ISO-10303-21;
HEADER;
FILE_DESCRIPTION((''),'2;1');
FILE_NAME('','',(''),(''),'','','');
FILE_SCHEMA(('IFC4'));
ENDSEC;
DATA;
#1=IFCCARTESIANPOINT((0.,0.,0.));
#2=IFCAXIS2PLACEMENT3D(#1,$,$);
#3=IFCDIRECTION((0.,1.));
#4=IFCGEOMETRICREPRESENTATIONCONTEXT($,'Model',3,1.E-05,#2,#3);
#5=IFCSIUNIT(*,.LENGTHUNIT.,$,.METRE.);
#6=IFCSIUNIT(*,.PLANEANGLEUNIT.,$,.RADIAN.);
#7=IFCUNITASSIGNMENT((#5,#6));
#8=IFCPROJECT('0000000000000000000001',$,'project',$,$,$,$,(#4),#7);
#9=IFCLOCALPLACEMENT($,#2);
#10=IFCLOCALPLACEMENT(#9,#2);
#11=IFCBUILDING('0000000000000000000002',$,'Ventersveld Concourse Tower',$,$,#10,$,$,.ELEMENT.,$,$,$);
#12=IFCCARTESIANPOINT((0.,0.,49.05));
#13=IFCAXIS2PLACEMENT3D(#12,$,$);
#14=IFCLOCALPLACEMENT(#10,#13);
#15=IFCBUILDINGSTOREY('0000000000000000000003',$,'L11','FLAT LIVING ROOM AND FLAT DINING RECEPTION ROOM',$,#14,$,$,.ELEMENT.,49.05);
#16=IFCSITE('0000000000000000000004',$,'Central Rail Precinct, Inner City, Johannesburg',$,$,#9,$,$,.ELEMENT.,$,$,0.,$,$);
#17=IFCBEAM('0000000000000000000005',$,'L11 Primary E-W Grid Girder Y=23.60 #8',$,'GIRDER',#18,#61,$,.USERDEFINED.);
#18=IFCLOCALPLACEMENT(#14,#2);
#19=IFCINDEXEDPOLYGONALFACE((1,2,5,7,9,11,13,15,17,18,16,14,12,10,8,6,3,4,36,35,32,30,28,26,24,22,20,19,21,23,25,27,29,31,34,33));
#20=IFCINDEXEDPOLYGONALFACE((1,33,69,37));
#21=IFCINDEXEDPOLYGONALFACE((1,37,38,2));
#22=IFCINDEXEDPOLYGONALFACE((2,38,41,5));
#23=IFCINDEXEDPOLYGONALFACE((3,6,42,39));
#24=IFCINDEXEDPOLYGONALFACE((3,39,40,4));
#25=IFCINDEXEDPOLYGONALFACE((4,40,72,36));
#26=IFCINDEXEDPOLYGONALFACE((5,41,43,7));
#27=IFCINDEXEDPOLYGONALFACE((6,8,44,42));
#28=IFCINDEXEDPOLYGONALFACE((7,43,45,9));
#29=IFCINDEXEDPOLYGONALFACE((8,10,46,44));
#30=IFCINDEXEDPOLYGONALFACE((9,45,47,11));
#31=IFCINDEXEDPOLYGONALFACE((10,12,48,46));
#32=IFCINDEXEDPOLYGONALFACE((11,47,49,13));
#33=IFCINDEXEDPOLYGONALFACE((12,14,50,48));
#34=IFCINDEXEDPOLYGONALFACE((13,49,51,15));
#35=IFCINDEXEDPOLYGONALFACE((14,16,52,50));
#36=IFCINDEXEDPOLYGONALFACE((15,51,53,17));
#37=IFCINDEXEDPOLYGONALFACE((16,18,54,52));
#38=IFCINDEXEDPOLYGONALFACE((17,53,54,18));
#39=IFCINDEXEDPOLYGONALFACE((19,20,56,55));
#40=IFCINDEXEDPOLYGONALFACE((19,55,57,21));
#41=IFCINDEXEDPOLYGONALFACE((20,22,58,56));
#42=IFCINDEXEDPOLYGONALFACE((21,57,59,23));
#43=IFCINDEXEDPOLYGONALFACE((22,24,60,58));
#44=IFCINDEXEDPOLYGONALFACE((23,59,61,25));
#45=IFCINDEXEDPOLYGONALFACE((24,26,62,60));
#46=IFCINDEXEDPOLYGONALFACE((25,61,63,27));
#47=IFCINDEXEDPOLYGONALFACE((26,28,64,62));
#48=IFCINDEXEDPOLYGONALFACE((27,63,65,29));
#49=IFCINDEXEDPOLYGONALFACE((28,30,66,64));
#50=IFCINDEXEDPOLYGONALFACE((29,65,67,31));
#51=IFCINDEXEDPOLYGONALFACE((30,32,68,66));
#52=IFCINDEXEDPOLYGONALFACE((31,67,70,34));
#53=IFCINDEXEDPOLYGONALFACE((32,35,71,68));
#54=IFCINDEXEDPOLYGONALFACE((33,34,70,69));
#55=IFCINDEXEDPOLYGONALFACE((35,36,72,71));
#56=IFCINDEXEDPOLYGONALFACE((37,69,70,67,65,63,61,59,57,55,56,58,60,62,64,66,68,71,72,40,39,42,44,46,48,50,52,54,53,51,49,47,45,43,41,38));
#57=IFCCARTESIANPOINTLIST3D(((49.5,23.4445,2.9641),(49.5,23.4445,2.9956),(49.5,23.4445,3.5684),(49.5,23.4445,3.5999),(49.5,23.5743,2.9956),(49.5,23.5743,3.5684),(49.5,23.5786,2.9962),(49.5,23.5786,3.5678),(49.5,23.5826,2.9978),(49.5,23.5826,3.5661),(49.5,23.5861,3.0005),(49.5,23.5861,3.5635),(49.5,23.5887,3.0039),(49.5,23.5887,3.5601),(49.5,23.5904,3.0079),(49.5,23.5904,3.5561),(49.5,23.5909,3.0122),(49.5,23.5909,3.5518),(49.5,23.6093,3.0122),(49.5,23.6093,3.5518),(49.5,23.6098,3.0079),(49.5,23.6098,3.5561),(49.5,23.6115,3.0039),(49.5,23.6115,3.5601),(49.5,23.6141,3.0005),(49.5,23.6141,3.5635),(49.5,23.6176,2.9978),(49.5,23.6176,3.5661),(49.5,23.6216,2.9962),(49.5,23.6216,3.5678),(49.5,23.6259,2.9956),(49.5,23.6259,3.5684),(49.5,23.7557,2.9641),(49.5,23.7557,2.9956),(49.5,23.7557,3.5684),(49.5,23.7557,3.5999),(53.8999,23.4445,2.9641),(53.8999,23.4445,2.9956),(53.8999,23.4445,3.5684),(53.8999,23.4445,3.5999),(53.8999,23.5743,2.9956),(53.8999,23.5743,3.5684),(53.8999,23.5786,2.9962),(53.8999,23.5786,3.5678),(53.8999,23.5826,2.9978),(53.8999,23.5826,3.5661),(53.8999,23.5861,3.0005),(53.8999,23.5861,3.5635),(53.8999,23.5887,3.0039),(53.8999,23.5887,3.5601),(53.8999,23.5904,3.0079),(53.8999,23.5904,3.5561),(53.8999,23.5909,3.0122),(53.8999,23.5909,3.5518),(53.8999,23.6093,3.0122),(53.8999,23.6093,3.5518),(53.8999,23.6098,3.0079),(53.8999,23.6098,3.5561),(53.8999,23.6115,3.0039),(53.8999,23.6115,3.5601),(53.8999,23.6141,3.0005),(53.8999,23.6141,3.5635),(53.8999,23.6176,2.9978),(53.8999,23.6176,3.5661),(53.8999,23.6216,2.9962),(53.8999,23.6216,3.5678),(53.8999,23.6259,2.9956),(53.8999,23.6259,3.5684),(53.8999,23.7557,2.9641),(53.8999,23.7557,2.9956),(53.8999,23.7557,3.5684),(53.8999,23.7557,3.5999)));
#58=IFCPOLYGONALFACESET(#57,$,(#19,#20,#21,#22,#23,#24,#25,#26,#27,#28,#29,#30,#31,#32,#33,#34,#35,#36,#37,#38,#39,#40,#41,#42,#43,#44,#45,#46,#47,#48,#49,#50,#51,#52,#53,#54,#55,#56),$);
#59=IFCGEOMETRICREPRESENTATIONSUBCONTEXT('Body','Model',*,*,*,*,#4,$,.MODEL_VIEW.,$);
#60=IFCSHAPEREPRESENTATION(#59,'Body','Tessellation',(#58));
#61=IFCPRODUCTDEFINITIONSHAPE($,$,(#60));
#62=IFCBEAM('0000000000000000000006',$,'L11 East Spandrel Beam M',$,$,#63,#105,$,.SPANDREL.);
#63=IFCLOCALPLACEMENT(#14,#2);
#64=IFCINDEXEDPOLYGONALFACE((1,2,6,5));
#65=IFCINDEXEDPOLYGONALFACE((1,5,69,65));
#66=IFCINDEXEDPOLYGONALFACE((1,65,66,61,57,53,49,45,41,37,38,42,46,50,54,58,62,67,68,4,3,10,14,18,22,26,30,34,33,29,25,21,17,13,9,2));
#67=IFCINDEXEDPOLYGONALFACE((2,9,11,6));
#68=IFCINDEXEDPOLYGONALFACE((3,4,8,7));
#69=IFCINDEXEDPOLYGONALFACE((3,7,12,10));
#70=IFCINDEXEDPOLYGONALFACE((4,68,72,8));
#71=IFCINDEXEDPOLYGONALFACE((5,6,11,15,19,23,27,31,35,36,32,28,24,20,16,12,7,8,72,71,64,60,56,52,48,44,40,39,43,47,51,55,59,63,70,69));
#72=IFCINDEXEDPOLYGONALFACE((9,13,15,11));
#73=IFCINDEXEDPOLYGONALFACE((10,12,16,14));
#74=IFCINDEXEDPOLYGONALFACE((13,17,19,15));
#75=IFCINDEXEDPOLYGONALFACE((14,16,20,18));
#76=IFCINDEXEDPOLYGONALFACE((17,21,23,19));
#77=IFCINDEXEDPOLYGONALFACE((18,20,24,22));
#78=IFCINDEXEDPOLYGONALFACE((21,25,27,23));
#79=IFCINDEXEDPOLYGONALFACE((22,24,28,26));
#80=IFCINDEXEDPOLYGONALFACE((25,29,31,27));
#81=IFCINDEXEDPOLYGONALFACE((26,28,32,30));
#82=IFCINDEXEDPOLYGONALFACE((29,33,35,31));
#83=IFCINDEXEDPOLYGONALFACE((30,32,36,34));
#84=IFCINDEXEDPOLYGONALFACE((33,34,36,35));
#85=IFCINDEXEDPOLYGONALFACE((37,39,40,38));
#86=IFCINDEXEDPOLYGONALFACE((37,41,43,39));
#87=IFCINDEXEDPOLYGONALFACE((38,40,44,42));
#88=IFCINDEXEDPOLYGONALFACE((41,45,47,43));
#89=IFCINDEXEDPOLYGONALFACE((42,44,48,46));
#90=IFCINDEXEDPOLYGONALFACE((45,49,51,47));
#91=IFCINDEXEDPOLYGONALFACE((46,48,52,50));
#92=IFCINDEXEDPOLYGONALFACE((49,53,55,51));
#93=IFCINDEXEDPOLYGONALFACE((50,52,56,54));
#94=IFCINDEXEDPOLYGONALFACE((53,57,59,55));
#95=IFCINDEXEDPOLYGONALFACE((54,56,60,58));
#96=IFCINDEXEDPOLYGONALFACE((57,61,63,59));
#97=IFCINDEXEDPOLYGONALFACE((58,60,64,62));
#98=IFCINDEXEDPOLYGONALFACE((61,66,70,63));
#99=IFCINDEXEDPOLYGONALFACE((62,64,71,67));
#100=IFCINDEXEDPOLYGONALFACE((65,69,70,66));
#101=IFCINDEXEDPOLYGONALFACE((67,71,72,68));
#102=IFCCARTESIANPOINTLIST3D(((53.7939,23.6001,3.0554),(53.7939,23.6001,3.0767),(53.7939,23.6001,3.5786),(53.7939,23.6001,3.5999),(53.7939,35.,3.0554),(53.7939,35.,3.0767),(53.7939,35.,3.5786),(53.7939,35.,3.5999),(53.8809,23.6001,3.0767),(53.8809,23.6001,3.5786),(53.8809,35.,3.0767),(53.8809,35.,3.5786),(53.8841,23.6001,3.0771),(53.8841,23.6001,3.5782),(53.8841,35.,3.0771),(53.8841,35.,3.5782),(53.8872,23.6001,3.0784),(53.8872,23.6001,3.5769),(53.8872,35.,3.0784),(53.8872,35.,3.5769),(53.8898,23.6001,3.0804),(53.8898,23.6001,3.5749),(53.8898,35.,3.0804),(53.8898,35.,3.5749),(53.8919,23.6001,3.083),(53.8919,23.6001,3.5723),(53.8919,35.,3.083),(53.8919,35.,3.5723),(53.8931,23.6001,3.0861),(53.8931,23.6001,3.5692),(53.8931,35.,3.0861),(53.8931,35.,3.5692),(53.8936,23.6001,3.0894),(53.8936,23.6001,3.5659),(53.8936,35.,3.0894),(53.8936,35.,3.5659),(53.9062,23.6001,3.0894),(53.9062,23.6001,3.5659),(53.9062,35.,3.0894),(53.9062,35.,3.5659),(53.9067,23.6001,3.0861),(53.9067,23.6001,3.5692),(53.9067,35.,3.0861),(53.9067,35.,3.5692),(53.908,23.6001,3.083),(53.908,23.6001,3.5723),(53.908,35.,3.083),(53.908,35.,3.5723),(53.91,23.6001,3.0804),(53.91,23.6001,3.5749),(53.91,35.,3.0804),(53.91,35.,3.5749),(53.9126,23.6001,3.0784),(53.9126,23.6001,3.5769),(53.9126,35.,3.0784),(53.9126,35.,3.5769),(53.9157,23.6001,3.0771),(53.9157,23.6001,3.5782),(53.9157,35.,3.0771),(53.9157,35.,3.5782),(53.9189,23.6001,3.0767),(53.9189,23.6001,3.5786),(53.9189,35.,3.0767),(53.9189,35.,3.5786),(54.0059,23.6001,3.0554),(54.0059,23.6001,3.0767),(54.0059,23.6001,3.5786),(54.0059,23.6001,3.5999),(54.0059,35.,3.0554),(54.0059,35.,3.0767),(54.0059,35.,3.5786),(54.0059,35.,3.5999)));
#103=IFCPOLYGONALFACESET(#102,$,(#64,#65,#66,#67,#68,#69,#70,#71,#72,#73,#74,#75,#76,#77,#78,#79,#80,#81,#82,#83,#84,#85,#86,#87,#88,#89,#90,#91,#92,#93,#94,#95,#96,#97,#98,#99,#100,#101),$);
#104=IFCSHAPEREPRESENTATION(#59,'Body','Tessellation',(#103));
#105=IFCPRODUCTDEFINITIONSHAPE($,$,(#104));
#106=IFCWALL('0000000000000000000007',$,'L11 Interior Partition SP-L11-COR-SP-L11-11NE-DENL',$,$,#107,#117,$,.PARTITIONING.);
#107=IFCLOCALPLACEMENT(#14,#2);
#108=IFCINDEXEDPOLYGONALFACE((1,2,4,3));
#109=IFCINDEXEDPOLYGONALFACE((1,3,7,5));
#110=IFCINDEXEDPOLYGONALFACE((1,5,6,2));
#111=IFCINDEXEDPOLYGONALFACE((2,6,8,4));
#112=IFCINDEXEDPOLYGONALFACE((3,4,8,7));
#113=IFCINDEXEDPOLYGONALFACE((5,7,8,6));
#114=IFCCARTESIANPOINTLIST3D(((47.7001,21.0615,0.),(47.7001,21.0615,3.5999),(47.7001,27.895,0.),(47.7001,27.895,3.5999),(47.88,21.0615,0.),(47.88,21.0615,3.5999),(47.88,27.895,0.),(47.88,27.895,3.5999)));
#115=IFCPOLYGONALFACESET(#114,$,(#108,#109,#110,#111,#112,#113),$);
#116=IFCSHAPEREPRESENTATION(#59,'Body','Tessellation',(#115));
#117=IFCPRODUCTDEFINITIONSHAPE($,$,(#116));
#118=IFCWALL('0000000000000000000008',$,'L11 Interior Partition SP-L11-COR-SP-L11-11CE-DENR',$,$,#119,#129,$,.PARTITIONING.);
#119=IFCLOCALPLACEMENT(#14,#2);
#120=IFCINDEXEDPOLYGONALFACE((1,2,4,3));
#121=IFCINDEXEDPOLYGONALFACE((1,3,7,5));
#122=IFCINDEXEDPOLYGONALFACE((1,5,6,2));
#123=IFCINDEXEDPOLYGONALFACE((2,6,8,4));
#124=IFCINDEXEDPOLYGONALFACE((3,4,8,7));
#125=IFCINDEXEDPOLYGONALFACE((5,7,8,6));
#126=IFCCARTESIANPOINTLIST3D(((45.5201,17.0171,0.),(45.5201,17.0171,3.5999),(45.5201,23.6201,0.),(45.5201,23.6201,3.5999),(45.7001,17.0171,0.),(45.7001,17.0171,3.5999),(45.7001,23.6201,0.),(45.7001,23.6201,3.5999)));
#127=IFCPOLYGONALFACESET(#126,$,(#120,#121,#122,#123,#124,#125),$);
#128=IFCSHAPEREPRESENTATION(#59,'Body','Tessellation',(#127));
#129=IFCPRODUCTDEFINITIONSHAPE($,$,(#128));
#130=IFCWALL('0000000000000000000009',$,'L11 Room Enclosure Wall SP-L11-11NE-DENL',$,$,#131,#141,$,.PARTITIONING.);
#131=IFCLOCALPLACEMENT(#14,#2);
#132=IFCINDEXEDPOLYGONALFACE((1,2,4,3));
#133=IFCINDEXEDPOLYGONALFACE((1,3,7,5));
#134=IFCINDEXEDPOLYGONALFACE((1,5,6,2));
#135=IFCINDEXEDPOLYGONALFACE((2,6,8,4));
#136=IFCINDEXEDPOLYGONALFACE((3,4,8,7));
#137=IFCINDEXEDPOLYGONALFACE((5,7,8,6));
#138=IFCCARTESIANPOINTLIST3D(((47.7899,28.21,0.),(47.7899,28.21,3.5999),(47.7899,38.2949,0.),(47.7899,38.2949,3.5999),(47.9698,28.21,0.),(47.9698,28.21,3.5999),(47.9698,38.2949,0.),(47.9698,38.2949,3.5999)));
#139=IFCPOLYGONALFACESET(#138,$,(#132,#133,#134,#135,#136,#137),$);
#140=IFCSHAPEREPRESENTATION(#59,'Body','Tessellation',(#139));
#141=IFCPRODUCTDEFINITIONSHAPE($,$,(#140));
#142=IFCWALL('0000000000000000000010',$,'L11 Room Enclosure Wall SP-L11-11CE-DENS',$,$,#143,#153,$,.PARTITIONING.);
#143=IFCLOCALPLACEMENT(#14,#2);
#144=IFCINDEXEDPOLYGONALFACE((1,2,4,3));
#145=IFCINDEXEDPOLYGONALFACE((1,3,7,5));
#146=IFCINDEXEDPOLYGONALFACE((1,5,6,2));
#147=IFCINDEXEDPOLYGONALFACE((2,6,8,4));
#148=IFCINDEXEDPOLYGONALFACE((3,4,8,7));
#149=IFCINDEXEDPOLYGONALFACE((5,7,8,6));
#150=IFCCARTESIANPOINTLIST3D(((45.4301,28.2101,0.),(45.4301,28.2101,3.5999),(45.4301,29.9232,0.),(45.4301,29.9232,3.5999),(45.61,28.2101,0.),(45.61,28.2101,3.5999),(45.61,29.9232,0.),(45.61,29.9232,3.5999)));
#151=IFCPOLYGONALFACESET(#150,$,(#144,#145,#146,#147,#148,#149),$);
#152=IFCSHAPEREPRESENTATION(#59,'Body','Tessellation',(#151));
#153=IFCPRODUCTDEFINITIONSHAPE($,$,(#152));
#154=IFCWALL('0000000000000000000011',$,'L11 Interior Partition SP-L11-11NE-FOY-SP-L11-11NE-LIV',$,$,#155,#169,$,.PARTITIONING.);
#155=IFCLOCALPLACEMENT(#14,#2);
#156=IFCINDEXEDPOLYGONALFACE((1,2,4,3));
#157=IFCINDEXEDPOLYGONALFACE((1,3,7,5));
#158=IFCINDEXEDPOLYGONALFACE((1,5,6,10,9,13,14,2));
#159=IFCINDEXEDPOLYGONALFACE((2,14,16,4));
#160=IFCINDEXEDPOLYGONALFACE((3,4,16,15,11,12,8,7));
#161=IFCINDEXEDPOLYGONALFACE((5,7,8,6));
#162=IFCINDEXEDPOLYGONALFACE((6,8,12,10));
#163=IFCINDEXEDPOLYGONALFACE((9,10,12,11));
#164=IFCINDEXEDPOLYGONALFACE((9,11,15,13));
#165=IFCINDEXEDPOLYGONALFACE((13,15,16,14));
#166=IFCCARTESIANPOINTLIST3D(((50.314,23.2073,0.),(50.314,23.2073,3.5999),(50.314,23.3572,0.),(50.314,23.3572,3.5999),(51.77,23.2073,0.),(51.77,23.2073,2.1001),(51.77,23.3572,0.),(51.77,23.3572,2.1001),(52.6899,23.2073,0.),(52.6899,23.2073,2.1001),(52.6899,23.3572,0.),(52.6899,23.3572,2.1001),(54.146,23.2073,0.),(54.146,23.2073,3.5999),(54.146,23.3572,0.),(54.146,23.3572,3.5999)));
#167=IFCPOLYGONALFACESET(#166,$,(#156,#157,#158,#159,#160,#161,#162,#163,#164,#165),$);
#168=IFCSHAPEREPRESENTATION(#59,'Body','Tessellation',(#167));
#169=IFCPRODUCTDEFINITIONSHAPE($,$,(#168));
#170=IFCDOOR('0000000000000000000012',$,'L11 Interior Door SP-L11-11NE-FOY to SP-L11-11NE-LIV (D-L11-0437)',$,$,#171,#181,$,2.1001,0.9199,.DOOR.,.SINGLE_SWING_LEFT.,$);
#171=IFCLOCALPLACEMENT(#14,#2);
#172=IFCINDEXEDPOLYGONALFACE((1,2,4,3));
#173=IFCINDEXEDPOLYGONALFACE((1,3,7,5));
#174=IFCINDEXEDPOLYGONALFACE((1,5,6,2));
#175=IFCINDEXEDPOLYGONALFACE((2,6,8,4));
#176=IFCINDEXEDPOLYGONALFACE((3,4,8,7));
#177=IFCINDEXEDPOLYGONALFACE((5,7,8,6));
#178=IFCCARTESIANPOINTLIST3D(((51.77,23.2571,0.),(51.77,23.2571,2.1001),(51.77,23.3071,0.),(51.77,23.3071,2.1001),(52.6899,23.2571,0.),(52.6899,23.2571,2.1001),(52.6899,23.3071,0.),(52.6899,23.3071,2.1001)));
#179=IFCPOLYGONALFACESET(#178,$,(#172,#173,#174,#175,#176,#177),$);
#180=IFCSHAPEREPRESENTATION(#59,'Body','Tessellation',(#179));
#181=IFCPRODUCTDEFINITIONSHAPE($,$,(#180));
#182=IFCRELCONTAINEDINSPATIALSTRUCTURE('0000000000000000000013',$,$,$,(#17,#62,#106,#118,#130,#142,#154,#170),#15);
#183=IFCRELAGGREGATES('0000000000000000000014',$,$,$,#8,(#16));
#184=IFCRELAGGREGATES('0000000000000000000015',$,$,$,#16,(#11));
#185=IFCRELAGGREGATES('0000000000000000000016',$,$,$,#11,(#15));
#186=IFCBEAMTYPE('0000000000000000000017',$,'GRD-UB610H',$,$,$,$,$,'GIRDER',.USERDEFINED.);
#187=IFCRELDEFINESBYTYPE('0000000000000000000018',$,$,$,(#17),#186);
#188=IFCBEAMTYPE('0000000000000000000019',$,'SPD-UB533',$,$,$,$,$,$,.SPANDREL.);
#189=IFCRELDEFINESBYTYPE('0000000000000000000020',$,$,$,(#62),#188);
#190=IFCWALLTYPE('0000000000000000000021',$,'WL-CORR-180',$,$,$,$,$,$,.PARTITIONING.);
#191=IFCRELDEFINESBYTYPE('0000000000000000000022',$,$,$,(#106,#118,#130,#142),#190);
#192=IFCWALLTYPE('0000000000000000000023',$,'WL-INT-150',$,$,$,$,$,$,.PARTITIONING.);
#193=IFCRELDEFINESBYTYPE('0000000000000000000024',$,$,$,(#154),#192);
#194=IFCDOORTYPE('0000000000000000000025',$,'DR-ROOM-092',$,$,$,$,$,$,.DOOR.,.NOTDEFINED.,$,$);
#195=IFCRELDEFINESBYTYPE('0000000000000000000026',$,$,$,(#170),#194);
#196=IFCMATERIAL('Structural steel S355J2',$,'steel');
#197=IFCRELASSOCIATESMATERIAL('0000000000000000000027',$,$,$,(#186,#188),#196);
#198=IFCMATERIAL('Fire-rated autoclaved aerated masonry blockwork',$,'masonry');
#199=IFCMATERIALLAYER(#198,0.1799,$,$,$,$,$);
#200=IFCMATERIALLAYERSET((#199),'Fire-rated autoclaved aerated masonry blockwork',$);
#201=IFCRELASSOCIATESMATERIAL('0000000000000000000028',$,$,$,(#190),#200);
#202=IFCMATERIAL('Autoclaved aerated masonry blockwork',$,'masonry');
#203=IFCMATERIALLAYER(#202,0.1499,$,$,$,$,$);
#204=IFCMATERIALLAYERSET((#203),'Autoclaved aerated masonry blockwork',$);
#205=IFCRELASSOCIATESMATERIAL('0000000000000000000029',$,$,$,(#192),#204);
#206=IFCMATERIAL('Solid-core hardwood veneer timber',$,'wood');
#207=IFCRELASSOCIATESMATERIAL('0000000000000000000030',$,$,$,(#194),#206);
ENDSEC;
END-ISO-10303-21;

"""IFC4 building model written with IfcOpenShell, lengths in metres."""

from ifc_helpers import new_model, si_unit, direction, frame, frame_2d, origin, origin_2d, place, context, subcontext, project, spatial, rectangle, i_section, extrude, material, layer, layer_set, material_profile, profile_set, type_object, element, fill, save


model = new_model("IFC4")

# Units and contexts
model_context = context("Model", 3, precision=1e-05, world=origin(), true_north=direction((0.0, 1.0)))
body_context = subcontext(model_context, "Body", "Model", "MODEL_VIEW")
ifc_project = project(units=[si_unit("LENGTHUNIT", "METRE"), si_unit("PLANEANGLEUNIT", "RADIAN")], contexts=[model_context])

# Site, building, storey
site_placement = place(None, origin())
site = spatial("IfcSite", under=ifc_project, at=site_placement, Name="Central Rail Precinct, Inner City, Johannesburg", CompositionType="ELEMENT", RefElevation=0.0)
building_placement = place(site_placement, origin())
building = spatial("IfcBuilding", under=site, at=building_placement, Name="Ventersveld Concourse Tower", CompositionType="ELEMENT")
storey_placement = place(building_placement, frame((0.0, 0.0, 49.05)))
storey = spatial("IfcBuildingStorey", under=building, at=storey_placement, Name="L11", Description="FLAT LIVING ROOM AND FLAT DINING RECEPTION ROOM", CompositionType="ELEMENT", Elevation=49.05)

# Beams
ifc_material_1 = material(Name="Structural steel S355J2", Category="steel")
ifc_material_profile_1 = material_profile(ifc_material_1, i_section(OverallWidth=0.3113, OverallDepth=0.6357, WebThickness=0.0183, FlangeThickness=0.0315, FilletRadius=0.0166, at=origin_2d()), Name="UB 610x305x238")
ifc_profile_set_1 = profile_set([ifc_material_profile_1], Name="Structural steel S355J2")
beam_type_1 = type_object("IfcBeamType", Name="GRD-UB610H", ElementType="GIRDER", PredefinedType="USERDEFINED", material=ifc_profile_set_1)
beam_1_placement = place(storey_placement, frame((49.5, 23.6001, 3.282), z_axis=(1.0, 0.0, 0.0), x_axis=(0.0, 1.0, 0.0)))
element("IfcBeam", 1, at=beam_1_placement, inside=storey, type_object=beam_type_1, Name="L11 Primary E-W Grid Girder Y=23.60 #8", ObjectType="GIRDER", PredefinedType="USERDEFINED", context=body_context, shape_type="SweptSolid", body=[
    extrude(i_section(OverallWidth=0.3113, OverallDepth=0.6357, WebThickness=0.0183, FlangeThickness=0.0315, FilletRadius=0.0166, at=origin_2d()), origin(), (0.0, 0.0, 1.0), 4.3999),
])
ifc_material_profile_2 = material_profile(ifc_material_1, i_section(OverallWidth=0.2119, OverallDepth=0.5444, WebThickness=0.0127, FlangeThickness=0.0212, FilletRadius=0.0127, at=origin_2d()), Name="UB 533x210x122")
ifc_profile_set_2 = profile_set([ifc_material_profile_2], Name="Structural steel S355J2")
beam_type_2 = type_object("IfcBeamType", Name="SPD-UB533", PredefinedType="SPANDREL", material=ifc_profile_set_2)
beam_2_placement = place(storey_placement, frame((53.8999, 23.6001, 3.3276), z_axis=(0.0, 1.0, 0.0), x_axis=(-1.0, 0.0, 0.0)))
element("IfcBeam", 2, at=beam_2_placement, inside=storey, type_object=beam_type_2, Name="L11 East Spandrel Beam M", PredefinedType="SPANDREL", context=body_context, shape_type="SweptSolid", body=[
    extrude(i_section(OverallWidth=0.2119, OverallDepth=0.5444, WebThickness=0.0127, FlangeThickness=0.0212, FilletRadius=0.0127, at=origin_2d()), origin(), (0.0, 0.0, 1.0), 11.3999),
])

# Walls
ifc_material_2 = material(Name="Fire-rated autoclaved aerated masonry blockwork", Category="masonry")
ifc_layer_1 = layer(ifc_material_2, 0.1799)
ifc_layer_set_1 = layer_set([ifc_layer_1], Name="Fire-rated autoclaved aerated masonry blockwork")
wall_type_1 = type_object("IfcWallType", Name="WL-CORR-180", PredefinedType="PARTITIONING", material=ifc_layer_set_1)
wall_1_placement = place(storey_placement, frame((47.79, 21.0615, 0.0), z_axis=(0.0, 0.0, 1.0), x_axis=(0.0, 1.0, 0.0)))
element("IfcWall", 3, at=wall_1_placement, inside=storey, type_object=wall_type_1, Name="L11 Interior Partition SP-L11-COR-SP-L11-11NE-DENL", PredefinedType="PARTITIONING", context=body_context, shape_type="SweptSolid", body=[
    extrude(rectangle(XDim=6.8335, YDim=0.1799, at=frame_2d((3.4167, 0.0))), origin(), (0.0, 0.0, 1.0), 3.5999),
])
wall_2_placement = place(storey_placement, frame((45.6101, 17.0171, 0.0), z_axis=(0.0, 0.0, 1.0), x_axis=(0.0, 1.0, 0.0)))
element("IfcWall", 4, at=wall_2_placement, inside=storey, type_object=wall_type_1, Name="L11 Interior Partition SP-L11-COR-SP-L11-11CE-DENR", PredefinedType="PARTITIONING", context=body_context, shape_type="SweptSolid", body=[
    extrude(rectangle(XDim=6.603, YDim=0.1799, at=frame_2d((3.3015, 0.0))), origin(), (0.0, 0.0, 1.0), 3.5999),
])
wall_3_placement = place(storey_placement, frame((47.8799, 28.21, 0.0), z_axis=(0.0, 0.0, 1.0), x_axis=(0.0, 1.0, 0.0)))
element("IfcWall", 5, at=wall_3_placement, inside=storey, type_object=wall_type_1, Name="L11 Room Enclosure Wall SP-L11-11NE-DENL", PredefinedType="PARTITIONING", context=body_context, shape_type="SweptSolid", body=[
    extrude(rectangle(XDim=10.085, YDim=0.1799, at=frame_2d((5.0425, 0.0))), origin(), (0.0, 0.0, 1.0), 3.5999),
])
wall_4_placement = place(storey_placement, frame((45.52, 29.9231, 0.0), z_axis=(0.0, 0.0, 1.0), x_axis=(0.0, -1.0, 0.0)))
element("IfcWall", 6, at=wall_4_placement, inside=storey, type_object=wall_type_1, Name="L11 Room Enclosure Wall SP-L11-11CE-DENS", PredefinedType="PARTITIONING", context=body_context, shape_type="SweptSolid", body=[
    extrude(rectangle(XDim=1.7131, YDim=0.1799, at=frame_2d((0.8564, 0.0))), origin(), (0.0, 0.0, 1.0), 3.5999),
])

# Wall, opening, door
ifc_material_3 = material(Name="Autoclaved aerated masonry blockwork", Category="masonry")
ifc_layer_2 = layer(ifc_material_3, 0.1499)
ifc_layer_set_2 = layer_set([ifc_layer_2], Name="Autoclaved aerated masonry blockwork")
wall_type_2 = type_object("IfcWallType", Name="WL-INT-150", PredefinedType="PARTITIONING", material=ifc_layer_set_2)
wall_5_placement = place(storey_placement, frame((50.314, 23.2822, 0.0), z_axis=(0.0, 0.0, 1.0), x_axis=(1.0, 0.0, 0.0)))
wall_5 = element("IfcWall", 7, at=wall_5_placement, inside=storey, type_object=wall_type_2, Name="L11 Interior Partition SP-L11-11NE-FOY-SP-L11-11NE-LIV", PredefinedType="PARTITIONING", context=body_context, shape_type="SweptSolid", body=[
    extrude(rectangle(XDim=3.832, YDim=0.1499, at=frame_2d((1.916, 0.0))), origin(), (0.0, 0.0, 1.0), 3.5999),
])
opening_1_placement = place(wall_5_placement, frame((1.4561, 0.0, 0.0)))
opening_1 = element("IfcOpeningElement", 8, at=opening_1_placement, cuts=wall_5, PredefinedType="OPENING", context=body_context, shape_type="SweptSolid", body=[
    extrude(rectangle(XDim=0.9199, YDim=2.1001, at=frame_2d((0.46, 1.05))), frame((0.0, 0.085, 0.0), z_axis=(0.0, -1.0, 0.0), x_axis=(1.0, 0.0, 0.0)), (0.0, 0.0, 1.0), 0.1699),
])
ifc_material_4 = material(Name="Solid-core hardwood veneer timber", Category="wood")
door_type = type_object("IfcDoorType", Name="DR-ROOM-092", OperationType="NOTDEFINED", PredefinedType="DOOR", material=ifc_material_4)
door_1_placement = place(opening_1_placement, origin())
door_1 = element("IfcDoor", 9, at=door_1_placement, inside=storey, type_object=door_type, Name="L11 Interior Door SP-L11-11NE-FOY to SP-L11-11NE-LIV (D-L11-0437)", OperationType="SINGLE_SWING_LEFT", OverallHeight=2.1001, OverallWidth=0.9199, PredefinedType="DOOR", context=body_context, shape_type="SweptSolid", body=[
    extrude(rectangle(XDim=0.9199, YDim=2.1001, at=frame_2d((0.46, 1.05))), frame((0.0, 0.0249, 0.0), z_axis=(0.0, -1.0, 0.0), x_axis=(1.0, 0.0, 0.0)), (0.0, 0.0, 1.0), 0.05),
])
fill(opening_1, door_1)

save(model, "model.ifc")
